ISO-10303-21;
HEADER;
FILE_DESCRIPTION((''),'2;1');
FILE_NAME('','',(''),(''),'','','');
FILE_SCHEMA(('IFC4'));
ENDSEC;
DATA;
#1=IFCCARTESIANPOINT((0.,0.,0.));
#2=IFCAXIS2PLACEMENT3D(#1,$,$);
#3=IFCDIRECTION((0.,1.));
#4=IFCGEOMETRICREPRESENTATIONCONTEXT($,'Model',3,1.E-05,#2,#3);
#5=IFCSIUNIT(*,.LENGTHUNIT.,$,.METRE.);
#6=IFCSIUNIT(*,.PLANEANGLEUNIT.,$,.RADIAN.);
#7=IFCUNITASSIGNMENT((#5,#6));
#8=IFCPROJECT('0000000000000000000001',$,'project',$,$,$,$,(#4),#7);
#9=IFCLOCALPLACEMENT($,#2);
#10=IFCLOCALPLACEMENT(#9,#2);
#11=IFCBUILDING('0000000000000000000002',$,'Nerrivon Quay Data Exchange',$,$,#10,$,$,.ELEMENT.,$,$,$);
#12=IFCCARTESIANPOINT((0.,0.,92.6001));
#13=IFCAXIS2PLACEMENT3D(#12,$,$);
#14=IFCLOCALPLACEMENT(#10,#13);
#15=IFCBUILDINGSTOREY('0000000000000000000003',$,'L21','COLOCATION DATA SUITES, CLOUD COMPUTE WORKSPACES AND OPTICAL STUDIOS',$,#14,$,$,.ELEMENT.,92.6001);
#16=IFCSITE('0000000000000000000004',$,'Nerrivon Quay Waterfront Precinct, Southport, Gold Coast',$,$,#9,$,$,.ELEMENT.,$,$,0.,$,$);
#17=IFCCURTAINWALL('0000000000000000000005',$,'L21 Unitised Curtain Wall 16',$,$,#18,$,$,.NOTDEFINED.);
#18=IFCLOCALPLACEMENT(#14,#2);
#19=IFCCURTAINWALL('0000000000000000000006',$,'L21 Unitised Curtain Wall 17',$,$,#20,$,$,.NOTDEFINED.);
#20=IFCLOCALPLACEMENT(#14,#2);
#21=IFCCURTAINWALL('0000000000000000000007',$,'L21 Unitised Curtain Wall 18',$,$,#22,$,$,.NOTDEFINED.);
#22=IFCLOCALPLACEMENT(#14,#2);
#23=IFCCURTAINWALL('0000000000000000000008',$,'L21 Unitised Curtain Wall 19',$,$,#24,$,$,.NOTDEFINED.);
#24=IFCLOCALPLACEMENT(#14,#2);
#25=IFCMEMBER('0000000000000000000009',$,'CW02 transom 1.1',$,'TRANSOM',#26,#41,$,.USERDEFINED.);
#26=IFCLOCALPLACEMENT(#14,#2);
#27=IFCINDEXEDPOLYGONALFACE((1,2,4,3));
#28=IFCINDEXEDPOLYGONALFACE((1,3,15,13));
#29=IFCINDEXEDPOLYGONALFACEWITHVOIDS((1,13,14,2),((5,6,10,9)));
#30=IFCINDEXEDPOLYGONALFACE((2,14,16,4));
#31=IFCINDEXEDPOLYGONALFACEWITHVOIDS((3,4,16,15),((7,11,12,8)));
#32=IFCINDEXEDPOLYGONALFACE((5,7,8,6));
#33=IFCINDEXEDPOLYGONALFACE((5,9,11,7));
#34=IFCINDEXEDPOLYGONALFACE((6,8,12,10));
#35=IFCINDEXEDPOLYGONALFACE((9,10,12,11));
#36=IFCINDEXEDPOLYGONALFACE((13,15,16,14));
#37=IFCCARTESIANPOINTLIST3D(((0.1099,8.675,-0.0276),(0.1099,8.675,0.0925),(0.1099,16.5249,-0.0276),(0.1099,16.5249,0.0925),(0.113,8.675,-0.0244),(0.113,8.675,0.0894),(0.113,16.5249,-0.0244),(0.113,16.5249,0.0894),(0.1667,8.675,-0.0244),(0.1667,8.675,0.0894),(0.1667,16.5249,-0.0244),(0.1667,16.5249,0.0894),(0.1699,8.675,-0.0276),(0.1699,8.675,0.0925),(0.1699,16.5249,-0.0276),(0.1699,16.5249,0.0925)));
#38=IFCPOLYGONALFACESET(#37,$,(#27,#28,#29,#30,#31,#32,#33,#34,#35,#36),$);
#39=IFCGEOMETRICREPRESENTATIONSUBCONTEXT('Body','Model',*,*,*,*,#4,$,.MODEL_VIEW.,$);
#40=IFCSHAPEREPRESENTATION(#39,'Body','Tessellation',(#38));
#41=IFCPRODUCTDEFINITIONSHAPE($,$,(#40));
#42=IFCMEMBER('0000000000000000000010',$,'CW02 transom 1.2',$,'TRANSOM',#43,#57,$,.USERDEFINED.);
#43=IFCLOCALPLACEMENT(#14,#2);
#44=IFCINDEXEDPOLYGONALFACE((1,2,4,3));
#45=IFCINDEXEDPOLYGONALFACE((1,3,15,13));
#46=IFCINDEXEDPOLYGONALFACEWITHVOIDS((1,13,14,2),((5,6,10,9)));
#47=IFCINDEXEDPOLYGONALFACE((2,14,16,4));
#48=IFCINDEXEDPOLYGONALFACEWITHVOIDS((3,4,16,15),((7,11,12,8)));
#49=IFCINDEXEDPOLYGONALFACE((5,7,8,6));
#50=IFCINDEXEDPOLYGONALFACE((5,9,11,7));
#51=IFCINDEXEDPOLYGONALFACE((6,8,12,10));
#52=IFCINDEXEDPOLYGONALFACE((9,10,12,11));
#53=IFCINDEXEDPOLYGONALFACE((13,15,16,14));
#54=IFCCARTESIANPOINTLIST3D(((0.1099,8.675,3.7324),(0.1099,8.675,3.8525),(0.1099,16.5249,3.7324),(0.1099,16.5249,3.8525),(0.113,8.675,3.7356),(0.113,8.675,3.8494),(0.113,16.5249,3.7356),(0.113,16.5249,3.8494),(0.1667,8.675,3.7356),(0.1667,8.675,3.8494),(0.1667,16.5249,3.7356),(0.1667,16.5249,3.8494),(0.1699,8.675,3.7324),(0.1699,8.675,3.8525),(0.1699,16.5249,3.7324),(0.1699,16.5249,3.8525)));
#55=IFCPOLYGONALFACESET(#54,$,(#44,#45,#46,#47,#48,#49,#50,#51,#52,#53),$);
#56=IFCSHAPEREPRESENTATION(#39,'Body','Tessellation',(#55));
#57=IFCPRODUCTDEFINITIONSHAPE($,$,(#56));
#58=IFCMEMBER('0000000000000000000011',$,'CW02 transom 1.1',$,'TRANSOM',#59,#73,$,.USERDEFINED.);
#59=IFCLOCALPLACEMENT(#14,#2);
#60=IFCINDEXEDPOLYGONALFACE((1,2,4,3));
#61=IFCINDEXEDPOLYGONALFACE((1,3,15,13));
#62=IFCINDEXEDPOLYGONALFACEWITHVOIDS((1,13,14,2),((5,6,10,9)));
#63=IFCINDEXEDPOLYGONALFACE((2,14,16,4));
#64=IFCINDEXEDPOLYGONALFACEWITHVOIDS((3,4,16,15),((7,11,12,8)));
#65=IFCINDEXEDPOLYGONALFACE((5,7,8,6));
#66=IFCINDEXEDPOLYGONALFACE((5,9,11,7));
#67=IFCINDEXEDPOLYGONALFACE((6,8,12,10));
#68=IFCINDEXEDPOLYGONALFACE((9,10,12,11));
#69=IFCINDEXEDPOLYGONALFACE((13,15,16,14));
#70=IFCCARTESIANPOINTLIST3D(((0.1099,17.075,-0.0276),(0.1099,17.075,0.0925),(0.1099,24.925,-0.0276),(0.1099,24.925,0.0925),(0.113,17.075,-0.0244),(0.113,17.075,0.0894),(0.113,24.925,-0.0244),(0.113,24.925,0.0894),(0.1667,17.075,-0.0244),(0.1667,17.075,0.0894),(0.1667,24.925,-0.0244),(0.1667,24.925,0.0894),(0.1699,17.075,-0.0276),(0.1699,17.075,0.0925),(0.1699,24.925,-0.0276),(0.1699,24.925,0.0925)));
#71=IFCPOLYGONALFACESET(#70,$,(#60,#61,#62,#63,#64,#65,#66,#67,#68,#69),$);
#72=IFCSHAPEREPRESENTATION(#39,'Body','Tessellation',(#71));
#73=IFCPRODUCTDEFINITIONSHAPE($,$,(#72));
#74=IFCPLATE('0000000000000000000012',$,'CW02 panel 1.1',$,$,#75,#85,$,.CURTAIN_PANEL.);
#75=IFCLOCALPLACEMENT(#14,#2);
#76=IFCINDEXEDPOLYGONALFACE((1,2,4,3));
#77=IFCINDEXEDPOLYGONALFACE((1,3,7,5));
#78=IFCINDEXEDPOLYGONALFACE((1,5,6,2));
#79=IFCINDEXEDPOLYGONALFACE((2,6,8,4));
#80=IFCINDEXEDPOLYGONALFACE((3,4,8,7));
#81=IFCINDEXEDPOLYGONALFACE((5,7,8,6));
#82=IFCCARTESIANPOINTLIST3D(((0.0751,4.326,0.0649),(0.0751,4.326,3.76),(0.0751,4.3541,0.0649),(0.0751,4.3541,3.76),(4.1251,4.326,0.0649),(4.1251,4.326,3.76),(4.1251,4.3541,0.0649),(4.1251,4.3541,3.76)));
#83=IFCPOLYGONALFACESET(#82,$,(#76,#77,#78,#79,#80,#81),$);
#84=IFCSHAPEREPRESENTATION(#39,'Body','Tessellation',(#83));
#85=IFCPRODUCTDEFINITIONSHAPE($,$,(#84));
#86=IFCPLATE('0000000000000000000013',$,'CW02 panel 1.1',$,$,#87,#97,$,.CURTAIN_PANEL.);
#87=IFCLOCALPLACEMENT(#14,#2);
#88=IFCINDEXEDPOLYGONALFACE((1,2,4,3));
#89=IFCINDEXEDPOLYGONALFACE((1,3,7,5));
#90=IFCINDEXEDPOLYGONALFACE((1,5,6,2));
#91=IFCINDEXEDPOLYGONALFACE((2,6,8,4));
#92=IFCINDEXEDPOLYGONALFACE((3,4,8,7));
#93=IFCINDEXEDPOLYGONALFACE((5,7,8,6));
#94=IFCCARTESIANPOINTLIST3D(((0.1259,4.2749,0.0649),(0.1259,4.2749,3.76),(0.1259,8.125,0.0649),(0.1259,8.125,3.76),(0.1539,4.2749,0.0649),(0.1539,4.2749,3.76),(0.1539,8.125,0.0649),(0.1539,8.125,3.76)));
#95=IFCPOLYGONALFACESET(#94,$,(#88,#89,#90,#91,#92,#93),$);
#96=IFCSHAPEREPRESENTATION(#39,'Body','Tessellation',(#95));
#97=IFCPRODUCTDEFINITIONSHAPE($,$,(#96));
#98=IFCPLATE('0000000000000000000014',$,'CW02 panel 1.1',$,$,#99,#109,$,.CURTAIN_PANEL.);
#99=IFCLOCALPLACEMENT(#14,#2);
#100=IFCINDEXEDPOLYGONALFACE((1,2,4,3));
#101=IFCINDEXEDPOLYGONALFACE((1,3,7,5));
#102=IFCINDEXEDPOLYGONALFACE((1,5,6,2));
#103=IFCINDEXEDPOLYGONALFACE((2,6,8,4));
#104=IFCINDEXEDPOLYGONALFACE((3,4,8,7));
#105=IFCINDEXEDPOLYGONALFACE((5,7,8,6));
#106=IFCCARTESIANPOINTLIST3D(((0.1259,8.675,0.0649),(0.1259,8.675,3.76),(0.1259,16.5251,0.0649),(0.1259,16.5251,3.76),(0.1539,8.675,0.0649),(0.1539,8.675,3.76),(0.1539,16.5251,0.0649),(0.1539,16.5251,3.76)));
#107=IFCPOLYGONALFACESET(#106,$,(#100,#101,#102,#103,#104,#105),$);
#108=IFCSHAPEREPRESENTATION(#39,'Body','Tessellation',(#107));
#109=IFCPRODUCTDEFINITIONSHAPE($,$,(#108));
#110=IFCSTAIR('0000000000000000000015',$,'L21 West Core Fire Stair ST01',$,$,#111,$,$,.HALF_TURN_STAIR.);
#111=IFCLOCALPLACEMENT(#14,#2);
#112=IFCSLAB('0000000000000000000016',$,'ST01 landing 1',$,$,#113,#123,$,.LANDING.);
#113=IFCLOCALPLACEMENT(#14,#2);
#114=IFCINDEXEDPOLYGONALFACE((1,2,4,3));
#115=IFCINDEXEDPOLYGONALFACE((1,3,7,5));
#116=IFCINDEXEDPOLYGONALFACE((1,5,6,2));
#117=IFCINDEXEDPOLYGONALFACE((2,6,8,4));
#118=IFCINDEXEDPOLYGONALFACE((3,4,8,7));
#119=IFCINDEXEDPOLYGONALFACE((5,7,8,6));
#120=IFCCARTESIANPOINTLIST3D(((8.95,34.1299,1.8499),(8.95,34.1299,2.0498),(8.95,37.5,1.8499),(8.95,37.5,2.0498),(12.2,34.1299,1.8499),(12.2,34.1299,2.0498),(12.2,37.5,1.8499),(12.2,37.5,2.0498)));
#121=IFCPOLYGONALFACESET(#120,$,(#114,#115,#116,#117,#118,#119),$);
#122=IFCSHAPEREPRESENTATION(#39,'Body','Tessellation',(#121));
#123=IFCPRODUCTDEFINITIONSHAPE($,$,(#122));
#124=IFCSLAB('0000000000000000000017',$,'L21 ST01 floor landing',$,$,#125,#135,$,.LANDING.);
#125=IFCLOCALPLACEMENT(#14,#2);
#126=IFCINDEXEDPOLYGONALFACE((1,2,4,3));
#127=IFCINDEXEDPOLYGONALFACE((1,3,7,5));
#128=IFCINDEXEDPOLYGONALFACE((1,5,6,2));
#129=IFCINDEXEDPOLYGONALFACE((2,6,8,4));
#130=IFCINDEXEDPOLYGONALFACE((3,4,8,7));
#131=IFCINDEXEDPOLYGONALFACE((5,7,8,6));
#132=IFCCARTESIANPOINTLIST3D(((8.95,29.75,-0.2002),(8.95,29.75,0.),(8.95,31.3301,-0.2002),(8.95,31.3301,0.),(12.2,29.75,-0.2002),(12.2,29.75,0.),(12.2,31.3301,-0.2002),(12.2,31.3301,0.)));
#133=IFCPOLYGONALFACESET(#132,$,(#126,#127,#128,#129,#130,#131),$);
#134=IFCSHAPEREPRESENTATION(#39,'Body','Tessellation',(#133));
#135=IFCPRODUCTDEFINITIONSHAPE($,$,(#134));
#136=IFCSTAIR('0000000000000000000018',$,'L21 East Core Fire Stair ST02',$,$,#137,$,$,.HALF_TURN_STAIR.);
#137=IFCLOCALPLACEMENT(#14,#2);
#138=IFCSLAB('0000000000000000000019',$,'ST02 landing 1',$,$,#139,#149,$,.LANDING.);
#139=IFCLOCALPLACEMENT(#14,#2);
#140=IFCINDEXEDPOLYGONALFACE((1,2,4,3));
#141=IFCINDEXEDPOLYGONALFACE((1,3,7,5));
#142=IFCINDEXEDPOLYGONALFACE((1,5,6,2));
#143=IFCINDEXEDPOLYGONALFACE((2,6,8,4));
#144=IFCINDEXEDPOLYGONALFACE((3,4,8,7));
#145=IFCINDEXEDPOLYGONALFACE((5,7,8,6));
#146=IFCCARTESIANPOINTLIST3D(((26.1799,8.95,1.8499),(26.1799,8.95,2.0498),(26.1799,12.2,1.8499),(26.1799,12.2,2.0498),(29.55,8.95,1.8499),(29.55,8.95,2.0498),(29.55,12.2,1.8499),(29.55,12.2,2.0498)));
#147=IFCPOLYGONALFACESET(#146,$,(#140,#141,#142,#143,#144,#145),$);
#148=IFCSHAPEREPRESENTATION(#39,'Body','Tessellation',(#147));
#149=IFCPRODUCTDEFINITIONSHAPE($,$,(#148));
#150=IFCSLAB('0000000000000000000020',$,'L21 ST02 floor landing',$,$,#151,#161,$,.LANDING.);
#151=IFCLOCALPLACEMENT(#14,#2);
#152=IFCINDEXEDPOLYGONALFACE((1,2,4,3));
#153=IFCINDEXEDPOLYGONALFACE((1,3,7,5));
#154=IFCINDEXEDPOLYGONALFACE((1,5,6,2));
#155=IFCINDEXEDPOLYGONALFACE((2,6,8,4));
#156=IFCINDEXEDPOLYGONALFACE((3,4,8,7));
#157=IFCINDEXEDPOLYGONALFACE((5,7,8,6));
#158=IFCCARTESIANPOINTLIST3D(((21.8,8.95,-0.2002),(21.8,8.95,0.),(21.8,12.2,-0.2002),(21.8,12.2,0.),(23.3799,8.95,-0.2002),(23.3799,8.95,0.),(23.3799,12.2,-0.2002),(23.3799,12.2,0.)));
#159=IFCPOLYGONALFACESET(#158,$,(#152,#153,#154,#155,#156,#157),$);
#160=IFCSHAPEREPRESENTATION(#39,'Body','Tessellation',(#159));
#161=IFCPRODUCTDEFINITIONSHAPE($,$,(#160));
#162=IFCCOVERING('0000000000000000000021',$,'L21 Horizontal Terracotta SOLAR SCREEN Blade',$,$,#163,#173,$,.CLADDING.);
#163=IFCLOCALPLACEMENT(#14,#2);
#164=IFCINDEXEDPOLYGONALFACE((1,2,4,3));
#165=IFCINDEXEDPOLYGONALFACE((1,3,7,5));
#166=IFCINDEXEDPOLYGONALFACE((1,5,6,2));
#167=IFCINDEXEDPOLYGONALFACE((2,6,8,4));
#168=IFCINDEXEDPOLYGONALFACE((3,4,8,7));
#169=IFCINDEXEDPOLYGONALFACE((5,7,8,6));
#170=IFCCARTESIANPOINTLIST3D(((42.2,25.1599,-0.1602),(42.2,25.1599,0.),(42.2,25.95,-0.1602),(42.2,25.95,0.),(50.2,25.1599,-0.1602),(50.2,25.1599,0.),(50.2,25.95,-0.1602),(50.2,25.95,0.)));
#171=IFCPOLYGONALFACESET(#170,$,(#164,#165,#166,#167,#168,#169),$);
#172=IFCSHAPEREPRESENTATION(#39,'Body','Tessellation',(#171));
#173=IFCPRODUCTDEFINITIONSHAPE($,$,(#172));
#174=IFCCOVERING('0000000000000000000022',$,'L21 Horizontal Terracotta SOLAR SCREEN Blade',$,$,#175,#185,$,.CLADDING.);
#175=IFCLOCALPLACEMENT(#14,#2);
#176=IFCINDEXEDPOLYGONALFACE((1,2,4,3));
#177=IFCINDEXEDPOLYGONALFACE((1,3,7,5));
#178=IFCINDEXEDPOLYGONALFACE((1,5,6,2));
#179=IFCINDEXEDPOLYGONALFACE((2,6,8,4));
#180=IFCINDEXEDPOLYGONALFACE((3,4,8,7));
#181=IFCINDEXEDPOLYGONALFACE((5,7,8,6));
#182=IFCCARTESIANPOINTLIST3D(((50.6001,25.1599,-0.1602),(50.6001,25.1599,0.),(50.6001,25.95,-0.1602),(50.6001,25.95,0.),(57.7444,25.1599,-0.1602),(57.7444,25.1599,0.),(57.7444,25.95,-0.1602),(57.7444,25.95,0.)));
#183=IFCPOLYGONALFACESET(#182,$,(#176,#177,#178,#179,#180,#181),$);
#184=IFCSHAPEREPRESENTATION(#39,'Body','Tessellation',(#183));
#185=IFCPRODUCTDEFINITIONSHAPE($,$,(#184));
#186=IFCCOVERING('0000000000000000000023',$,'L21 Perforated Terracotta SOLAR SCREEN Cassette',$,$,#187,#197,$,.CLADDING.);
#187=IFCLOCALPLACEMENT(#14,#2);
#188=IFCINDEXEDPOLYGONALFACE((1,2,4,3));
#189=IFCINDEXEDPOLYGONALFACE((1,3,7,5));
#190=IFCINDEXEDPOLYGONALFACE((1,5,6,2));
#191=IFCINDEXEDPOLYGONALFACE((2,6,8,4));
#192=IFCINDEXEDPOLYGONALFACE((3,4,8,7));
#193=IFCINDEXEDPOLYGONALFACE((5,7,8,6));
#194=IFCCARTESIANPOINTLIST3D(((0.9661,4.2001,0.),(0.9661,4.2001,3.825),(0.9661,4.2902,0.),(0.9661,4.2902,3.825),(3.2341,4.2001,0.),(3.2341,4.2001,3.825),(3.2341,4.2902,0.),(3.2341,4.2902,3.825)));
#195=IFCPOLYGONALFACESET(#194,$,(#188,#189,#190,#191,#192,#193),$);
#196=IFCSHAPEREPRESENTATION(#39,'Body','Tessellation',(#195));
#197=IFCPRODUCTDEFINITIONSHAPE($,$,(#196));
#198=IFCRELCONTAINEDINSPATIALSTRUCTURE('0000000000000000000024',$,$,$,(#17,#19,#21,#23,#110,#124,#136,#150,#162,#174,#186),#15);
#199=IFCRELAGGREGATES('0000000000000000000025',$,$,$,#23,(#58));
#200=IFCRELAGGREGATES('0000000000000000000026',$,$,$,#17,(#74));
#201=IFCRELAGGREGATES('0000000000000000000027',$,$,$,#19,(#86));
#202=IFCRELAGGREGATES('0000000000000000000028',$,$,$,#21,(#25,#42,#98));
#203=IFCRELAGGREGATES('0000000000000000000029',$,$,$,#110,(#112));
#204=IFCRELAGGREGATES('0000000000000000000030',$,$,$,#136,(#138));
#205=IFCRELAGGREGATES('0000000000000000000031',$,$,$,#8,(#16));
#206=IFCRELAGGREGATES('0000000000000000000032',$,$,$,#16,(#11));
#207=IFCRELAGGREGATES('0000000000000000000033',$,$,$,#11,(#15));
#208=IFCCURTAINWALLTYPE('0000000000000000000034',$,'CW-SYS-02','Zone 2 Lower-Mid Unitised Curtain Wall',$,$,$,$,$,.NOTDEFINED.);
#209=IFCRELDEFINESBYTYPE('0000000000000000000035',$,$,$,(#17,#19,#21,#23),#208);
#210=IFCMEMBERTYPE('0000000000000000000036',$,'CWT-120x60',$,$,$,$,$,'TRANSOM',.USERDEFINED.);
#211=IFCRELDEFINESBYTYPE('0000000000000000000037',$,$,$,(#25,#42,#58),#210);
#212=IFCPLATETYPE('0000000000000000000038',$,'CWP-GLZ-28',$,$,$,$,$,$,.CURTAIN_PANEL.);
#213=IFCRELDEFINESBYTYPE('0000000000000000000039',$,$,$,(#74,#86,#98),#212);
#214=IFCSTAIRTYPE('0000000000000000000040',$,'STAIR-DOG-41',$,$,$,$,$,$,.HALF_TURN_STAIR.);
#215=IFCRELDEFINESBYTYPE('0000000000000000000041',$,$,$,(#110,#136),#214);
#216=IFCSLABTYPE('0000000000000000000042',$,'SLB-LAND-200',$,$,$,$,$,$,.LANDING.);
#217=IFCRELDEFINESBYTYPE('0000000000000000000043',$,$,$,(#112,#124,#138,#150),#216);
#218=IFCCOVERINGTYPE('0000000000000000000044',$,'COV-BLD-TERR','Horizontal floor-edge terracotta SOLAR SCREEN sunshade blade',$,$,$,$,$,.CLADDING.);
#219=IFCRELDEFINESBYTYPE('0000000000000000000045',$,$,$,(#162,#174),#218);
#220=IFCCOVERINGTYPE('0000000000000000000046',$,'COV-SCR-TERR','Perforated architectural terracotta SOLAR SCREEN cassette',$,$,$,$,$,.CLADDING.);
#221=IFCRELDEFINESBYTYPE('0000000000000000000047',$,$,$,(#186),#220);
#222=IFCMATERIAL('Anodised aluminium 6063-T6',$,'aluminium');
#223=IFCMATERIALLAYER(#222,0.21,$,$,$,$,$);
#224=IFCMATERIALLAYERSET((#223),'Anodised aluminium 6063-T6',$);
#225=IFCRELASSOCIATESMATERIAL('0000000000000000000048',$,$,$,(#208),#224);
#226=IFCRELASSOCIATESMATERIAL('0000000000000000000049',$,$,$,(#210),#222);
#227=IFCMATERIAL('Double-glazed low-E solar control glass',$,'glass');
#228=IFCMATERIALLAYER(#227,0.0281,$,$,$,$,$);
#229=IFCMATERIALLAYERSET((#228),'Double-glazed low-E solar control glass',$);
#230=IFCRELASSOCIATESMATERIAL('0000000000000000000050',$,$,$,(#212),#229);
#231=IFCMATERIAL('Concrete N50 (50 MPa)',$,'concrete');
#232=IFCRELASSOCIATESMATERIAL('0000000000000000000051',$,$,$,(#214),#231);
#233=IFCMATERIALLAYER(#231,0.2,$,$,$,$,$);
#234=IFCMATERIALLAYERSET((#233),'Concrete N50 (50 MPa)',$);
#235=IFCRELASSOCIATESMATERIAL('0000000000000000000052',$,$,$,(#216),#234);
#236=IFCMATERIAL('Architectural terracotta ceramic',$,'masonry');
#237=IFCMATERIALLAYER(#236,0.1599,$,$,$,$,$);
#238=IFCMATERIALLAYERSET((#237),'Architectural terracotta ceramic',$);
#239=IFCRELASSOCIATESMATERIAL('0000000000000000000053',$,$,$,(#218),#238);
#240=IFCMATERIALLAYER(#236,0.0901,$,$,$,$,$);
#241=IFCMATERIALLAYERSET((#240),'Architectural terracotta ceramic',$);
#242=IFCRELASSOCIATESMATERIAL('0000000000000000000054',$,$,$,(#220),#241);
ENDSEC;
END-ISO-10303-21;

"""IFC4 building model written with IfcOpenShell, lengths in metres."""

from ifc_helpers import new_model, si_unit, direction, frame, origin, origin_2d, place, context, subcontext, project, spatial, polyline, rectangle, hollow_rectangle, outline, extrude, material, layer, layer_set, material_profile, profile_set, type_object, element, aggregate, save


model = new_model("IFC4")

# Units and contexts
model_context = context("Model", 3, precision=1e-05, world=origin(), true_north=direction((0.0, 1.0)))
body_context = subcontext(model_context, "Body", "Model", "MODEL_VIEW")
ifc_project = project(units=[si_unit("LENGTHUNIT", "METRE"), si_unit("PLANEANGLEUNIT", "RADIAN")], contexts=[model_context])

# Site, building, storey
site_placement = place(None, origin())
site = spatial("IfcSite", under=ifc_project, at=site_placement, Name="Nerrivon Quay Waterfront Precinct, Southport, Gold Coast", CompositionType="ELEMENT", RefElevation=0.0)
building_placement = place(site_placement, origin())
building = spatial("IfcBuilding", under=site, at=building_placement, Name="Nerrivon Quay Data Exchange", CompositionType="ELEMENT")
storey_placement = place(building_placement, frame((0.0, 0.0, 92.6001)))
storey = spatial("IfcBuildingStorey", under=building, at=storey_placement, Name="L21", Description="COLOCATION DATA SUITES, CLOUD COMPUTE WORKSPACES AND OPTICAL STUDIOS", CompositionType="ELEMENT", Elevation=92.6001)

# Curtain wall
ifc_material_1 = material(Name="Anodised aluminium 6063-T6", Category="aluminium")
ifc_layer_1 = layer(ifc_material_1, 0.21)
ifc_layer_set_1 = layer_set([ifc_layer_1], Name="Anodised aluminium 6063-T6")
curtain_wall_type = type_object("IfcCurtainWallType", Name="CW-SYS-02", Description="Zone 2 Lower-Mid Unitised Curtain Wall", PredefinedType="NOTDEFINED", material=ifc_layer_set_1)
curtain_wall_1_placement = place(storey_placement, origin())
curtain_wall_1 = element("IfcCurtainWall", 1, at=curtain_wall_1_placement, inside=storey, type_object=curtain_wall_type, Name="L21 Unitised Curtain Wall 16", PredefinedType="NOTDEFINED")

# Curtain walls
curtain_wall_2_placement = place(storey_placement, origin())
curtain_wall_2 = element("IfcCurtainWall", 2, at=curtain_wall_2_placement, inside=storey, type_object=curtain_wall_type, Name="L21 Unitised Curtain Wall 17", PredefinedType="NOTDEFINED")
curtain_wall_3_placement = place(storey_placement, origin())
curtain_wall_3 = element("IfcCurtainWall", 3, at=curtain_wall_3_placement, inside=storey, type_object=curtain_wall_type, Name="L21 Unitised Curtain Wall 18", PredefinedType="NOTDEFINED")

# Curtain wall
curtain_wall_4_placement = place(storey_placement, origin())
curtain_wall_4 = element("IfcCurtainWall", 4, at=curtain_wall_4_placement, inside=storey, type_object=curtain_wall_type, Name="L21 Unitised Curtain Wall 19", PredefinedType="NOTDEFINED")

# Members
ifc_material_profile_1 = material_profile(ifc_material_1, hollow_rectangle(XDim=0.0601, YDim=0.1201, WallThickness=0.0032, at=origin_2d()), Name="ALU-TRAN-120x60")
ifc_profile_set_1 = profile_set([ifc_material_profile_1], Name="Anodised aluminium 6063-T6")
member_type_1 = type_object("IfcMemberType", Name="CWT-120x60", ElementType="TRANSOM", PredefinedType="USERDEFINED", material=ifc_profile_set_1)
member_1_placement = place(storey_placement, frame((0.1399, 8.675, 0.0325), z_axis=(0.0, 1.0, 0.0), x_axis=(-1.0, 0.0, 0.0)))
member_1 = element("IfcMember", 5, at=member_1_placement, type_object=member_type_1, Name="CW02 transom 1.1", ObjectType="TRANSOM", PredefinedType="USERDEFINED", context=body_context, shape_type="SweptSolid", body=[
    extrude(hollow_rectangle(XDim=0.0601, YDim=0.1201, WallThickness=0.0032, at=origin_2d()), origin(), (0.0, 0.0, 1.0), 7.8499),
])
member_2_placement = place(storey_placement, frame((0.1399, 8.675, 3.7925), z_axis=(0.0, 1.0, 0.0), x_axis=(-1.0, 0.0, 0.0)))
member_2 = element("IfcMember", 6, at=member_2_placement, type_object=member_type_1, Name="CW02 transom 1.2", ObjectType="TRANSOM", PredefinedType="USERDEFINED", context=body_context, shape_type="SweptSolid", body=[
    extrude(hollow_rectangle(XDim=0.0601, YDim=0.1201, WallThickness=0.0032, at=origin_2d()), origin(), (0.0, 0.0, 1.0), 7.8499),
])
member_3_placement = place(storey_placement, frame((0.1399, 17.075, 0.0325), z_axis=(0.0, 1.0, 0.0), x_axis=(-1.0, 0.0, 0.0)))
member_3 = element("IfcMember", 7, at=member_3_placement, type_object=member_type_1, Name="CW02 transom 1.1", ObjectType="TRANSOM", PredefinedType="USERDEFINED", context=body_context, shape_type="SweptSolid", body=[
    extrude(hollow_rectangle(XDim=0.0601, YDim=0.1201, WallThickness=0.0032, at=origin_2d()), origin(), (0.0, 0.0, 1.0), 7.8501),
])
aggregate(curtain_wall_4, [member_3])

# Plates
ifc_material_2 = material(Name="Double-glazed low-E solar control glass", Category="glass")
ifc_layer_2 = layer(ifc_material_2, 0.0281)
ifc_layer_set_2 = layer_set([ifc_layer_2], Name="Double-glazed low-E solar control glass")
plate_type = type_object("IfcPlateType", Name="CWP-GLZ-28", PredefinedType="CURTAIN_PANEL", material=ifc_layer_set_2)
plate_1_placement = place(storey_placement, frame((2.1001, 4.3401, 0.0649), z_axis=(0.0, 0.0, 1.0), x_axis=(-1.0, 0.0, 0.0)))
plate_1 = element("IfcPlate", 8, at=plate_1_placement, type_object=plate_type, Name="CW02 panel 1.1", PredefinedType="CURTAIN_PANEL", context=body_context, shape_type="SweptSolid", body=[
    extrude(rectangle(XDim=4.05, YDim=0.0281, at=origin_2d()), origin(), (0.0, 0.0, 1.0), 3.6951),
])
aggregate(curtain_wall_1, [plate_1])
plate_2_placement = place(storey_placement, frame((0.1399, 6.2, 0.0649), z_axis=(0.0, 0.0, 1.0), x_axis=(0.0, 1.0, 0.0)))
plate_2 = element("IfcPlate", 9, at=plate_2_placement, type_object=plate_type, Name="CW02 panel 1.1", PredefinedType="CURTAIN_PANEL", context=body_context, shape_type="SweptSolid", body=[
    extrude(rectangle(XDim=3.8501, YDim=0.0281, at=origin_2d()), origin(), (0.0, 0.0, 1.0), 3.6951),
])
aggregate(curtain_wall_2, [plate_2])
plate_3_placement = place(storey_placement, frame((0.1399, 12.6001, 0.0649), z_axis=(0.0, 0.0, 1.0), x_axis=(0.0, 1.0, 0.0)))
plate_3 = element("IfcPlate", 10, at=plate_3_placement, type_object=plate_type, Name="CW02 panel 1.1", PredefinedType="CURTAIN_PANEL", context=body_context, shape_type="SweptSolid", body=[
    extrude(rectangle(XDim=7.8501, YDim=0.0281, at=origin_2d()), origin(), (0.0, 0.0, 1.0), 3.6951),
])
aggregate(curtain_wall_3, [member_1, member_2, plate_3])

# Stair, slab
ifc_material_3 = material(Name="Concrete N50 (50 MPa)", Category="concrete")
stair_type = type_object("IfcStairType", Name="STAIR-DOG-41", PredefinedType="HALF_TURN_STAIR", material=ifc_material_3)
stair_1_placement = place(storey_placement, origin())
stair_1 = element("IfcStair", 11, at=stair_1_placement, inside=storey, type_object=stair_type, Name="L21 West Core Fire Stair ST01", PredefinedType="HALF_TURN_STAIR")
ifc_layer_3 = layer(ifc_material_3, 0.2)
ifc_layer_set_3 = layer_set([ifc_layer_3], Name="Concrete N50 (50 MPa)")
slab_type = type_object("IfcSlabType", Name="SLB-LAND-200", PredefinedType="LANDING", material=ifc_layer_set_3)
slab_1_placement = place(storey_placement, frame((0.0, 0.0, 1.8499)))
slab_1 = element("IfcSlab", 12, at=slab_1_placement, type_object=slab_type, Name="ST01 landing 1", PredefinedType="LANDING", context=body_context, shape_type="SweptSolid", body=[
    extrude(outline(polyline([(12.2, 34.1299), (12.2, 37.5), (8.95, 37.5), (8.95, 34.1299), (12.2, 34.1299)])), origin(), (0.0, 0.0, 1.0), 0.2),
])
aggregate(stair_1, [slab_1])

# Slab
slab_2_placement = place(storey_placement, frame((0.0, 0.0, -0.2002)))
element("IfcSlab", 13, at=slab_2_placement, inside=storey, type_object=slab_type, Name="L21 ST01 floor landing", PredefinedType="LANDING", context=body_context, shape_type="SweptSolid", body=[
    extrude(outline(polyline([(12.2, 29.75), (12.2, 31.3301), (8.95, 31.3301), (8.95, 29.75), (12.2, 29.75)])), origin(), (0.0, 0.0, 1.0), 0.2002),
])

# Stair, slab
stair_2_placement = place(storey_placement, origin())
stair_2 = element("IfcStair", 14, at=stair_2_placement, inside=storey, type_object=stair_type, Name="L21 East Core Fire Stair ST02", PredefinedType="HALF_TURN_STAIR")
slab_3_placement = place(storey_placement, frame((0.0, 0.0, 1.8499)))
slab_3 = element("IfcSlab", 15, at=slab_3_placement, type_object=slab_type, Name="ST02 landing 1", PredefinedType="LANDING", context=body_context, shape_type="SweptSolid", body=[
    extrude(outline(polyline([(26.1799, 8.95), (29.55, 8.95), (29.55, 12.2), (26.1799, 12.2), (26.1799, 8.95)])), origin(), (0.0, 0.0, 1.0), 0.2),
])
aggregate(stair_2, [slab_3])

# Slab
slab_4_placement = place(storey_placement, frame((0.0, 0.0, -0.2002)))
element("IfcSlab", 16, at=slab_4_placement, inside=storey, type_object=slab_type, Name="L21 ST02 floor landing", PredefinedType="LANDING", context=body_context, shape_type="SweptSolid", body=[
    extrude(outline(polyline([(21.8, 8.95), (23.3799, 8.95), (23.3799, 12.2), (21.8, 12.2), (21.8, 8.95)])), origin(), (0.0, 0.0, 1.0), 0.2002),
])

# Coverings
ifc_material_4 = material(Name="Architectural terracotta ceramic", Category="masonry")
ifc_layer_4 = layer(ifc_material_4, 0.1599)
ifc_layer_set_4 = layer_set([ifc_layer_4], Name="Architectural terracotta ceramic")
covering_type_1 = type_object("IfcCoveringType", Name="COV-BLD-TERR", Description="Horizontal floor-edge terracotta SOLAR SCREEN sunshade blade", PredefinedType="CLADDING", material=ifc_layer_set_4)
covering_1_placement = place(storey_placement, frame((0.0, 0.0, -0.1602)))
element("IfcCovering", 17, at=covering_1_placement, inside=storey, type_object=covering_type_1, Name="L21 Horizontal Terracotta SOLAR SCREEN Blade", PredefinedType="CLADDING", context=body_context, shape_type="SweptSolid", body=[
    extrude(outline(polyline([(42.2, 25.1599), (50.2, 25.1599), (50.2, 25.95), (42.2, 25.95), (42.2, 25.1599)])), origin(), (0.0, 0.0, 1.0), 0.1602),
])
covering_2_placement = place(storey_placement, frame((0.0, 0.0, -0.1602)))
element("IfcCovering", 18, at=covering_2_placement, inside=storey, type_object=covering_type_1, Name="L21 Horizontal Terracotta SOLAR SCREEN Blade", PredefinedType="CLADDING", context=body_context, shape_type="SweptSolid", body=[
    extrude(outline(polyline([(50.6001, 25.1599), (57.7444, 25.1599), (57.7444, 25.95), (50.6001, 25.95), (50.6001, 25.1599)])), origin(), (0.0, 0.0, 1.0), 0.1602),
])
ifc_layer_5 = layer(ifc_material_4, 0.0901)
ifc_layer_set_5 = layer_set([ifc_layer_5], Name="Architectural terracotta ceramic")
covering_type_2 = type_object("IfcCoveringType", Name="COV-SCR-TERR", Description="Perforated architectural terracotta SOLAR SCREEN cassette", PredefinedType="CLADDING", material=ifc_layer_set_5)
covering_3_placement = place(storey_placement, frame((2.1001, 4.2451, 0.0), z_axis=(0.0, 0.0, 1.0), x_axis=(-1.0, 0.0, 0.0)))
element("IfcCovering", 19, at=covering_3_placement, inside=storey, type_object=covering_type_2, Name="L21 Perforated Terracotta SOLAR SCREEN Cassette", PredefinedType="CLADDING", context=body_context, shape_type="SweptSolid", body=[
    extrude(rectangle(XDim=2.2681, YDim=0.0901, at=origin_2d()), origin(), (0.0, 0.0, 1.0), 3.825),
])

save(model, "model.ifc")
